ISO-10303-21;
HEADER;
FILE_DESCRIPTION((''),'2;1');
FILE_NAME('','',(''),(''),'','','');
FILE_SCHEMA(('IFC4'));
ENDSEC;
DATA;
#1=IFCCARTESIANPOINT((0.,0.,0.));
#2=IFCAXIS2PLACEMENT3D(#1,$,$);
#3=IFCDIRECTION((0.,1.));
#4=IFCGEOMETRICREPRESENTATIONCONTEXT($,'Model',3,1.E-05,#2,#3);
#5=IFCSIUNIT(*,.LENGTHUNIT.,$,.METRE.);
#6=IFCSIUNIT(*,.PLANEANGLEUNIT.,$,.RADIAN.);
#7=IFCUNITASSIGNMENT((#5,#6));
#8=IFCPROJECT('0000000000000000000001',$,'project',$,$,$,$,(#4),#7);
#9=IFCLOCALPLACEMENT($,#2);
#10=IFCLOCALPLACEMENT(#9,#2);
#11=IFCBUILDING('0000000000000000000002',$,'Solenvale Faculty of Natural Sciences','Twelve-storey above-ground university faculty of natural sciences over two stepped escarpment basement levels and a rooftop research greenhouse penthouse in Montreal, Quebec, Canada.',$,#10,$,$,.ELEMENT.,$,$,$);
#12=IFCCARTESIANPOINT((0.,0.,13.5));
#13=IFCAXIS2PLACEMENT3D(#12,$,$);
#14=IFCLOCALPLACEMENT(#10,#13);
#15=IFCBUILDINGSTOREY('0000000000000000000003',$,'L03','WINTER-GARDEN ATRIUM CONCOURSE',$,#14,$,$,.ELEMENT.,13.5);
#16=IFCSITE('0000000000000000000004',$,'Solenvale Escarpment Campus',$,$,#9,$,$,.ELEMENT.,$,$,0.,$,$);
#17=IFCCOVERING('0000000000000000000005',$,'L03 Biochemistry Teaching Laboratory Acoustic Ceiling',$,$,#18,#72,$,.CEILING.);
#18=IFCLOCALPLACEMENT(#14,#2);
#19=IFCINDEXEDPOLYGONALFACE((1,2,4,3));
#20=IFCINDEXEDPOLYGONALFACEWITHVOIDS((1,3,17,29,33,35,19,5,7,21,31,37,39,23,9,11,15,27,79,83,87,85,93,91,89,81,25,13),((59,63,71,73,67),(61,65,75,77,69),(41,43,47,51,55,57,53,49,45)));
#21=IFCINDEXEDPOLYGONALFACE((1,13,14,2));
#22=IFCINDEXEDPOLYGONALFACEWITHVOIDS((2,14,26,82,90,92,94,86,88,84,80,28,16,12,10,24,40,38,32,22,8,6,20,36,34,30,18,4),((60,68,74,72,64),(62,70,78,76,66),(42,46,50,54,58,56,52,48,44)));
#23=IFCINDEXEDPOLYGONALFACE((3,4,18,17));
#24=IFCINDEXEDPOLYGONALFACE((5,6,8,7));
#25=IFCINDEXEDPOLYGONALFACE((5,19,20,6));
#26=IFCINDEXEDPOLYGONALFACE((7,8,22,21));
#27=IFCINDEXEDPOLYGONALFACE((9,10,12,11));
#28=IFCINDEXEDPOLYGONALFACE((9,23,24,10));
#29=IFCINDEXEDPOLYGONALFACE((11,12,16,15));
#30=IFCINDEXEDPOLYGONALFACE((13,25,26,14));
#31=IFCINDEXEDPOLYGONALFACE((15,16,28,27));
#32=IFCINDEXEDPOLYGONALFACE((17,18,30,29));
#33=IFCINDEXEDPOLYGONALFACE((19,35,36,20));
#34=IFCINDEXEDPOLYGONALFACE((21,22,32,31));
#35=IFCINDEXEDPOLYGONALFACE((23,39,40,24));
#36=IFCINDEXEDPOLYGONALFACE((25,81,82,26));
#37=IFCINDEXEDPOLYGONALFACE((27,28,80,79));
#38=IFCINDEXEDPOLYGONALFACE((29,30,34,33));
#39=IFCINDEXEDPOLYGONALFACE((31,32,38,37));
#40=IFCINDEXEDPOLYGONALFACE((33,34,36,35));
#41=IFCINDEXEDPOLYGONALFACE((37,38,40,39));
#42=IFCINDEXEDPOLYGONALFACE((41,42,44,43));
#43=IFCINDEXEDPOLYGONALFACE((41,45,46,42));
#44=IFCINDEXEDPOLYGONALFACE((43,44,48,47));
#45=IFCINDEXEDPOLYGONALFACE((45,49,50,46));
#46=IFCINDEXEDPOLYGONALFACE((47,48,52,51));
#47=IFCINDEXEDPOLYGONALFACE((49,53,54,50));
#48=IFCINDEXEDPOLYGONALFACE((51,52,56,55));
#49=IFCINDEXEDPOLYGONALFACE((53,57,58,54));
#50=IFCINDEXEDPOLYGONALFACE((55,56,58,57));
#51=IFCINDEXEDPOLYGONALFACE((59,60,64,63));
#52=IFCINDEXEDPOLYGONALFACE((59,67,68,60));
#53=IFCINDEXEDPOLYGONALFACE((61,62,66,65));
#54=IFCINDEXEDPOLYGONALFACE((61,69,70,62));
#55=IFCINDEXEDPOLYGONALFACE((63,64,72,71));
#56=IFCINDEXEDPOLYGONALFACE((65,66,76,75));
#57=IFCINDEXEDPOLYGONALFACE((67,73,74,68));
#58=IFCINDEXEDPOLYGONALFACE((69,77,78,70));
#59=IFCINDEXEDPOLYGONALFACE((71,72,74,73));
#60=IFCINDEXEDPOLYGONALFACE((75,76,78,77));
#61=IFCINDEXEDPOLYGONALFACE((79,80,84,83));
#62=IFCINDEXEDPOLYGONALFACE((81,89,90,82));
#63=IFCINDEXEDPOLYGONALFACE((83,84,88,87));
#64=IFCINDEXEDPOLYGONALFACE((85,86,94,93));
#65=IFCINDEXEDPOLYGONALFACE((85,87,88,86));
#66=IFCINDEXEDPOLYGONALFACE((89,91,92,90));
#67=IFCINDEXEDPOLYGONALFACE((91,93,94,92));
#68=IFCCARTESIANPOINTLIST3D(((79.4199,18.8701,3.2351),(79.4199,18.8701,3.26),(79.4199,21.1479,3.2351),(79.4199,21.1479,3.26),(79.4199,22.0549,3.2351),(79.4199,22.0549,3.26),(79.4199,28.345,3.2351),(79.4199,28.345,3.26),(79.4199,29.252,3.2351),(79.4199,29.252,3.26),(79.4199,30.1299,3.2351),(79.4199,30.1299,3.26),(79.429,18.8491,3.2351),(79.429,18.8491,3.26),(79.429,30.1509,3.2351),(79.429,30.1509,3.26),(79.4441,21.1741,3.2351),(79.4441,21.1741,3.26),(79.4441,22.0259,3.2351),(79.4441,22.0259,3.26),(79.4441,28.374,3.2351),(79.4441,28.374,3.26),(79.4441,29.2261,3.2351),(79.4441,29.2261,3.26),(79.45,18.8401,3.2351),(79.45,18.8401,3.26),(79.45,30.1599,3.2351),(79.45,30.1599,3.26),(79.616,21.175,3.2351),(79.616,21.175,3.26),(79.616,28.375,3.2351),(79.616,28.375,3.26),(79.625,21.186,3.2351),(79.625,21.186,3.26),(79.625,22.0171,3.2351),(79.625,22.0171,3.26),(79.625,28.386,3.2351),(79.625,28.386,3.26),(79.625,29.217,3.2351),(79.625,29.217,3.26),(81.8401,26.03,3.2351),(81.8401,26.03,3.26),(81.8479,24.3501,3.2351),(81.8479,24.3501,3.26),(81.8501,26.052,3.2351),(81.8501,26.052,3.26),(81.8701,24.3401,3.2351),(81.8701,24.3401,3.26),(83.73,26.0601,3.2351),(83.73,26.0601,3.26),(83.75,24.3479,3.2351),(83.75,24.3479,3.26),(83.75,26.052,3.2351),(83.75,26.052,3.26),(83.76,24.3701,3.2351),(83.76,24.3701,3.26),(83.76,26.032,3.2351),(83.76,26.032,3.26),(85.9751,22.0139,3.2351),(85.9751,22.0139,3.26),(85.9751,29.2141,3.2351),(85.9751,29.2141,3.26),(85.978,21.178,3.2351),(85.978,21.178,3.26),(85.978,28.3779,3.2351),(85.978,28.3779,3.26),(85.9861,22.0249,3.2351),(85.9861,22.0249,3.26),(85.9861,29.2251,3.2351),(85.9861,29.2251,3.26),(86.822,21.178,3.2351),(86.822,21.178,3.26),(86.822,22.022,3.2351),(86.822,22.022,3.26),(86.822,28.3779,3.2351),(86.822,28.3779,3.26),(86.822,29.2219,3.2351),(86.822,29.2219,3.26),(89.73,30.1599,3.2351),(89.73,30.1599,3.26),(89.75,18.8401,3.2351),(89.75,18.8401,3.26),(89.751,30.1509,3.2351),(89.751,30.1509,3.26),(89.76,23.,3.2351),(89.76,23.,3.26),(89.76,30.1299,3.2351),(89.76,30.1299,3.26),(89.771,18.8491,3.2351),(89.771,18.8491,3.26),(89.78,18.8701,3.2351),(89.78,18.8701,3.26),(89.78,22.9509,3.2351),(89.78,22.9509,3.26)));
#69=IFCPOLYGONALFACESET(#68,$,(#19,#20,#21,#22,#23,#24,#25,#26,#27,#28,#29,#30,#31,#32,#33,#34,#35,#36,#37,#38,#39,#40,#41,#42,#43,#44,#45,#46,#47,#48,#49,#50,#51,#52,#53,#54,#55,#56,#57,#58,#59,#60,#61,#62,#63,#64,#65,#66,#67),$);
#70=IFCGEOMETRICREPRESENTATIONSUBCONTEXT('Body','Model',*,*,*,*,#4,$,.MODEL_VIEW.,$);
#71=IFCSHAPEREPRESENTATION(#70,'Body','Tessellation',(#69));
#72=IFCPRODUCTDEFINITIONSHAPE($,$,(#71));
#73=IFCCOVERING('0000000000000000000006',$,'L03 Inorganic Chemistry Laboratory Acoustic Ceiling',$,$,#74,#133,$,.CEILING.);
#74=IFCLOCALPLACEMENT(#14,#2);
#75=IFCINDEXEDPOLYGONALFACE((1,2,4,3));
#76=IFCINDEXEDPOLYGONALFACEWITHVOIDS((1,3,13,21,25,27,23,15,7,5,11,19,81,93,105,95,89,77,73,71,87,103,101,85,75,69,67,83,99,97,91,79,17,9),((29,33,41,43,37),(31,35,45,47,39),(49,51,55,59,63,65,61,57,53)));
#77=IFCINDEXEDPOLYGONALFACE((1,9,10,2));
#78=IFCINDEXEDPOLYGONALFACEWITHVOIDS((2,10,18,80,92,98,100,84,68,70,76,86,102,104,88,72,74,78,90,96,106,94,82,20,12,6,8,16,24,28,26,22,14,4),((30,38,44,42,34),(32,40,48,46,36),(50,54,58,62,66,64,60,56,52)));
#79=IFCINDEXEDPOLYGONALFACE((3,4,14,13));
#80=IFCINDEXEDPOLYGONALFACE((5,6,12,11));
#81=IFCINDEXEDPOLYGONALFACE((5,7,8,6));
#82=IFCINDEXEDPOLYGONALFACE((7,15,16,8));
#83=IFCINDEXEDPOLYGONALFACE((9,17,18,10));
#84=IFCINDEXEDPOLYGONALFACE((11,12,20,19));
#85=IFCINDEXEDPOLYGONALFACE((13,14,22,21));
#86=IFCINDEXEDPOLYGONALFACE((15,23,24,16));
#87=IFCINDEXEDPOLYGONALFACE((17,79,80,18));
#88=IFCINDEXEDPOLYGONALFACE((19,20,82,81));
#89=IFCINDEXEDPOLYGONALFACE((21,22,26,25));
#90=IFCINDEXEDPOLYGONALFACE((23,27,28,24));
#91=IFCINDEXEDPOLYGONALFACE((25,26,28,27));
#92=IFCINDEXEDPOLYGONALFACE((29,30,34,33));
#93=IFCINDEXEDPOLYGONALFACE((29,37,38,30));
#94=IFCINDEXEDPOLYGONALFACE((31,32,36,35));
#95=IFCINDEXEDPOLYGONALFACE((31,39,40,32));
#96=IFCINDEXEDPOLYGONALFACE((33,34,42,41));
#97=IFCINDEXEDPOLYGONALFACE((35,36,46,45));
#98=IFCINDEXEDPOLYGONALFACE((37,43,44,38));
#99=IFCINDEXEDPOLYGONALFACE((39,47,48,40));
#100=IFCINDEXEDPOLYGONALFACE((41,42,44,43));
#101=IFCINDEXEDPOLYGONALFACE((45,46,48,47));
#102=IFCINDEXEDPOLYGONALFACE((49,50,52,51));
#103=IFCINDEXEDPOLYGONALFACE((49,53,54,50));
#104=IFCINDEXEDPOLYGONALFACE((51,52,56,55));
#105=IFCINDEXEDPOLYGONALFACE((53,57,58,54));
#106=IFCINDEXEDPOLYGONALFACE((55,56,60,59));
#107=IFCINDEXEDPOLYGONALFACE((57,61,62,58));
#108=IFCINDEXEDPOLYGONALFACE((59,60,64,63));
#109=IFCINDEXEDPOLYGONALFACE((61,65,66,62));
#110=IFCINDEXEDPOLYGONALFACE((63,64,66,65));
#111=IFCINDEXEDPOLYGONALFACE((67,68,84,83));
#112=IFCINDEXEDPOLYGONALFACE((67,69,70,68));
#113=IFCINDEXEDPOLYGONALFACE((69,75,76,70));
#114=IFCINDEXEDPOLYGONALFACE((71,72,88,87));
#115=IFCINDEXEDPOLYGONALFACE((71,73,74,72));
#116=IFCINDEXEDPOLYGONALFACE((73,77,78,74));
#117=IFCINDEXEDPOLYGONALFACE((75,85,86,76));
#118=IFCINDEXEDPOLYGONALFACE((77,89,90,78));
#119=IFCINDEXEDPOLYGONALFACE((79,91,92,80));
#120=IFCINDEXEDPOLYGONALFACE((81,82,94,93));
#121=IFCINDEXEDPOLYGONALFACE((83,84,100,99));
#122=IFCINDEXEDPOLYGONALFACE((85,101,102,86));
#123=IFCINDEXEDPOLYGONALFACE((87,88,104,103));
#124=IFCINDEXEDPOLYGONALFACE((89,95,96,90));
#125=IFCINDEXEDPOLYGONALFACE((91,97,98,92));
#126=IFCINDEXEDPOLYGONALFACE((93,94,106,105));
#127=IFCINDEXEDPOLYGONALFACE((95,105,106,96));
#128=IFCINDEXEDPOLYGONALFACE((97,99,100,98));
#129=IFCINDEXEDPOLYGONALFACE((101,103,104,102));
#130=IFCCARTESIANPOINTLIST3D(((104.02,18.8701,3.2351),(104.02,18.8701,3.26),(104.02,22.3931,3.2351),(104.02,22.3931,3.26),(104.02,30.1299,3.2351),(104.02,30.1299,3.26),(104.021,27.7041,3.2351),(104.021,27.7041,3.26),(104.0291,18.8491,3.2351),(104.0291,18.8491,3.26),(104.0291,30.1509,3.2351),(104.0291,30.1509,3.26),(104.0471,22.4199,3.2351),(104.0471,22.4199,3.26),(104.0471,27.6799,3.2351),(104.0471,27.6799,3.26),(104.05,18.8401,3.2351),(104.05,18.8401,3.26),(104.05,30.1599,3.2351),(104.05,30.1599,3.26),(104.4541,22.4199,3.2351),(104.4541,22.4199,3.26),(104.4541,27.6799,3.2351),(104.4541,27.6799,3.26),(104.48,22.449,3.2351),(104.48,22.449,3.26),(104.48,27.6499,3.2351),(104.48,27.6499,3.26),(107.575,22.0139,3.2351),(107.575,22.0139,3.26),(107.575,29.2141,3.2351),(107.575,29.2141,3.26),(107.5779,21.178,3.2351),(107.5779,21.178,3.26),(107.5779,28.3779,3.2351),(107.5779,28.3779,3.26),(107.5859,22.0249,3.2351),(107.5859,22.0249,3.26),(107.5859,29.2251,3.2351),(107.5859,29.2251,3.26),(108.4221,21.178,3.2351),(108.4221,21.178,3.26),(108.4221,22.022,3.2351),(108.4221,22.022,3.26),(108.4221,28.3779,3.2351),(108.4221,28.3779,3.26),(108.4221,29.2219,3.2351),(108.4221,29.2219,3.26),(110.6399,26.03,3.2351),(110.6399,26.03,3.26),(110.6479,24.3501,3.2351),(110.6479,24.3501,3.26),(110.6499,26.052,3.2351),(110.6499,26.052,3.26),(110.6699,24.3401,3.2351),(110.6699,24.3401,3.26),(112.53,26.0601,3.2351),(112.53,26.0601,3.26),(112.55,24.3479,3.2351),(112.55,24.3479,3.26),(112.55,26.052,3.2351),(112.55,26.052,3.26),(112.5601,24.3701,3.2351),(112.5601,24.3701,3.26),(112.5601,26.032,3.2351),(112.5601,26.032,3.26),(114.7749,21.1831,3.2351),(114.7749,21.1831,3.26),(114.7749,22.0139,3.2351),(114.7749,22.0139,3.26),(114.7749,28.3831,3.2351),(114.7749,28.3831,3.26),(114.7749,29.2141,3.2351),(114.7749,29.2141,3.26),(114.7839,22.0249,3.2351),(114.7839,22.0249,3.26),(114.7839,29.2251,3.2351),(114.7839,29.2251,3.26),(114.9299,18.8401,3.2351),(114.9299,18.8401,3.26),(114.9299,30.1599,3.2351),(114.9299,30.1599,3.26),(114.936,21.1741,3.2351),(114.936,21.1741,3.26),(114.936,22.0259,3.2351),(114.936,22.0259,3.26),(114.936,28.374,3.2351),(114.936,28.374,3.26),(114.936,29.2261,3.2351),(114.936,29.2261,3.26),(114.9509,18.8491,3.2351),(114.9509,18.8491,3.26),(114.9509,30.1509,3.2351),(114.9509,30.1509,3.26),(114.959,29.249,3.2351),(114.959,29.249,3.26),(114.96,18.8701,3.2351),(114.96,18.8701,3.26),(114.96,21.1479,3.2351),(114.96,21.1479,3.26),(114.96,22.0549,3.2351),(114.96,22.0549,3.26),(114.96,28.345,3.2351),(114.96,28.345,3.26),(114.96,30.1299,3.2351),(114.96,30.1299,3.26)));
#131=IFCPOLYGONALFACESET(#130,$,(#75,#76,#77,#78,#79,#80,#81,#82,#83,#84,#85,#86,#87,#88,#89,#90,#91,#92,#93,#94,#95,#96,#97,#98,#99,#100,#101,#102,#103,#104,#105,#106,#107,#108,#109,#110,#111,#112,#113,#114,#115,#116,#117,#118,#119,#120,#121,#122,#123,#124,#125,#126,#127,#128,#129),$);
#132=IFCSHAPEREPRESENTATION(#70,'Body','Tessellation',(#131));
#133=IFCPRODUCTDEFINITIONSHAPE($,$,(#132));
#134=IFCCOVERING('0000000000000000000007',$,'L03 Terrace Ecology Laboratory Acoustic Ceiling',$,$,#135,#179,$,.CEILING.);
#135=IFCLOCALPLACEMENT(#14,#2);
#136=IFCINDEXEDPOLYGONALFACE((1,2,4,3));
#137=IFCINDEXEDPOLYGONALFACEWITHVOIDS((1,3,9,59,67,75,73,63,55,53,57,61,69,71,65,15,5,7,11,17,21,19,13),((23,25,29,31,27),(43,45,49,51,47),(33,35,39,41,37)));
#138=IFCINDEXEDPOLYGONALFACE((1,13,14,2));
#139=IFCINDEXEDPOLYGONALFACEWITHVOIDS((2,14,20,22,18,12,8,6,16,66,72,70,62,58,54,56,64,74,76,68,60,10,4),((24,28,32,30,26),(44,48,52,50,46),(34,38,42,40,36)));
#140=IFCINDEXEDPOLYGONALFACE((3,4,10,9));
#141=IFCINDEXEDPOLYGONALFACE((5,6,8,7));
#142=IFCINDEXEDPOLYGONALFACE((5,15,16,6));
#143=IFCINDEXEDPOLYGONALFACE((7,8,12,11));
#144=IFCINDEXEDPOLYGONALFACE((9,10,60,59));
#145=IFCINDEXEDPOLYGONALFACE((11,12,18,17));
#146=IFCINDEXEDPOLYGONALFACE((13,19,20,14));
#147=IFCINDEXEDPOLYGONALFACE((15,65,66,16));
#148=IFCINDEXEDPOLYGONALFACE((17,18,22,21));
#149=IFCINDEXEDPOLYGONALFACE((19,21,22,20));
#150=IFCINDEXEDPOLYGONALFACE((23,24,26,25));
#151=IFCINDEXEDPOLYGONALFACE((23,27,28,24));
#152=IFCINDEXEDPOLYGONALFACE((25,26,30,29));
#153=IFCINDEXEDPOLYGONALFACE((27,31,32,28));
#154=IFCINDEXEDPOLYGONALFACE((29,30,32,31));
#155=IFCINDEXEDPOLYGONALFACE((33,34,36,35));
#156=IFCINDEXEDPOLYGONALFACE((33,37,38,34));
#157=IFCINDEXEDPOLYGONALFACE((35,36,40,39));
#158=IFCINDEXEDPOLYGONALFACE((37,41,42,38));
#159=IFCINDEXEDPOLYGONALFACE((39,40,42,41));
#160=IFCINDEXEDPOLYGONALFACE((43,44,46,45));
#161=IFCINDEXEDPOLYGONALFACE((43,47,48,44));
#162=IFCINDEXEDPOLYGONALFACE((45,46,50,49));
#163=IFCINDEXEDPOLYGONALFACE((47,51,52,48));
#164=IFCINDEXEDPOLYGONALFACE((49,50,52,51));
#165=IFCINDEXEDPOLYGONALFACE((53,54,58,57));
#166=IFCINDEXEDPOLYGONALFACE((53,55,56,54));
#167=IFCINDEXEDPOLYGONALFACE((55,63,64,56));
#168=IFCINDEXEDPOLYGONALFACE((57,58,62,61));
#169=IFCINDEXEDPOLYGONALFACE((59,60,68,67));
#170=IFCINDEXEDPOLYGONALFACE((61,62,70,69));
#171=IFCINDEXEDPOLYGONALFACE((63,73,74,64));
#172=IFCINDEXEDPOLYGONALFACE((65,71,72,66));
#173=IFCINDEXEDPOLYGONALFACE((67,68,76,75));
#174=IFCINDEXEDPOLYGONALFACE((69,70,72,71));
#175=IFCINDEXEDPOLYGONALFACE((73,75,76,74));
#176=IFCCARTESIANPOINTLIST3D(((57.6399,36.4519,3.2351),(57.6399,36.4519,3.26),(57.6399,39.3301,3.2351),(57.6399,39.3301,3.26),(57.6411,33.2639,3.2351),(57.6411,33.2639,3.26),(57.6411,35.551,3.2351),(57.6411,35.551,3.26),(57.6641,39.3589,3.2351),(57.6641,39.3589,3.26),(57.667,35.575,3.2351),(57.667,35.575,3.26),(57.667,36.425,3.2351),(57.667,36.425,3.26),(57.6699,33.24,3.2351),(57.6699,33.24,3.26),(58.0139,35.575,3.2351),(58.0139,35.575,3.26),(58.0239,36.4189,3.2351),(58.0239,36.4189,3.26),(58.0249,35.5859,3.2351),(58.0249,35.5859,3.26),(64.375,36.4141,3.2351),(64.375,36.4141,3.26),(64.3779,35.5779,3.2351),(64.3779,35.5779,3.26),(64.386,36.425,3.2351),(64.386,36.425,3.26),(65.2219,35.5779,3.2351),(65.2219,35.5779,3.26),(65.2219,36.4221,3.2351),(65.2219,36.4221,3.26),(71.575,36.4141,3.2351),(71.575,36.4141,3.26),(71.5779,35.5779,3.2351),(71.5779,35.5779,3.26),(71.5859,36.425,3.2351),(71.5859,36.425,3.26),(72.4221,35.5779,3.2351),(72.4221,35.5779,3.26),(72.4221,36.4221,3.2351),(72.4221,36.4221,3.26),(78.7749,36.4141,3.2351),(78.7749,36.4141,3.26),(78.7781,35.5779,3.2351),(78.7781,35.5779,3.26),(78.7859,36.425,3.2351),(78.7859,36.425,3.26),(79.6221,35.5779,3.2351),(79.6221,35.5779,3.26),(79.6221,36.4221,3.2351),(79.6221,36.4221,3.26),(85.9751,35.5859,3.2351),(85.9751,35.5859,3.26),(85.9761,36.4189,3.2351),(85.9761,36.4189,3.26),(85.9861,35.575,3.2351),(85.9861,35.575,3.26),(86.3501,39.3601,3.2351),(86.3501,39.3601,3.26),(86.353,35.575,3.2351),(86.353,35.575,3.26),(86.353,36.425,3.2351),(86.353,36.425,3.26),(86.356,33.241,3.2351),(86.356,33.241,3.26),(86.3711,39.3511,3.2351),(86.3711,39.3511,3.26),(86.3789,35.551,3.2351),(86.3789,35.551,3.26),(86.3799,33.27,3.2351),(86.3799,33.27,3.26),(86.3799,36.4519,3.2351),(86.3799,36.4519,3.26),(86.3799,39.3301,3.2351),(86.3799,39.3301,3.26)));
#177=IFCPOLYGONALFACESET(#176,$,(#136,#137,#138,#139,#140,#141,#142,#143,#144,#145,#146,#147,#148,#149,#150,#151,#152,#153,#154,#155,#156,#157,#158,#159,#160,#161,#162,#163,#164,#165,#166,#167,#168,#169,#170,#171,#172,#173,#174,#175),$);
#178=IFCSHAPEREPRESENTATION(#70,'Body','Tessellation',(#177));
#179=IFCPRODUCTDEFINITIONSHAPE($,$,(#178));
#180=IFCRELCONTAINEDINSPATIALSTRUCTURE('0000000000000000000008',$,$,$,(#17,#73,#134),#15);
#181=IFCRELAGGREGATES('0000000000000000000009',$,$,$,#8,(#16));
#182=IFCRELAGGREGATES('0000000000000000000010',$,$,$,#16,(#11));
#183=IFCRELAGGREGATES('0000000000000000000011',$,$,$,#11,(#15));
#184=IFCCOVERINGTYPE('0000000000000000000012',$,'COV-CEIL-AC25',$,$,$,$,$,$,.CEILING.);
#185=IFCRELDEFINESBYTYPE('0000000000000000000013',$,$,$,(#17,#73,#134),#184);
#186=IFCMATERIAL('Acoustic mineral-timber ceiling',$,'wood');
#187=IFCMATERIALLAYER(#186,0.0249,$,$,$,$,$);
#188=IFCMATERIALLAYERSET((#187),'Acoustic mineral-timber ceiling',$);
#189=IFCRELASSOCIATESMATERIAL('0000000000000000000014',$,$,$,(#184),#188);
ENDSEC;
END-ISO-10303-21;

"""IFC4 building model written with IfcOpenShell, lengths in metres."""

from ifc_helpers import new_model, si_unit, direction, frame, origin, place, context, subcontext, project, spatial, polyline, outline, extrude, material, layer, layer_set, type_object, element, save


model = new_model("IFC4")

# Units and contexts
model_context = context("Model", 3, precision=1e-05, world=origin(), true_north=direction((0.0, 1.0)))
body_context = subcontext(model_context, "Body", "Model", "MODEL_VIEW")
ifc_project = project(units=[si_unit("LENGTHUNIT", "METRE"), si_unit("PLANEANGLEUNIT", "RADIAN")], contexts=[model_context])

# Site, building, storey
site_placement = place(None, origin())
site = spatial("IfcSite", under=ifc_project, at=site_placement, Name="Solenvale Escarpment Campus", CompositionType="ELEMENT", RefElevation=0.0)
building_placement = place(site_placement, origin())
building = spatial("IfcBuilding", under=site, at=building_placement, Name="Solenvale Faculty of Natural Sciences", Description="Twelve-storey above-ground university faculty of natural sciences over two stepped escarpment basement levels and a rooftop research greenhouse penthouse in Montreal, Quebec, Canada.", CompositionType="ELEMENT")
storey_placement = place(building_placement, frame((0.0, 0.0, 13.5)))
storey = spatial("IfcBuildingStorey", under=building, at=storey_placement, Name="L03", Description="WINTER-GARDEN ATRIUM CONCOURSE", CompositionType="ELEMENT", Elevation=13.5)

# Coverings
ifc_material_1 = material(Name="Acoustic mineral-timber ceiling", Category="wood")
ifc_layer_1 = layer(ifc_material_1, 0.0249)
ifc_layer_set_1 = layer_set([ifc_layer_1], Name="Acoustic mineral-timber ceiling")
covering_type_1 = type_object("IfcCoveringType", Name="COV-CEIL-AC25", PredefinedType="CEILING", material=ifc_layer_set_1)
covering_1_placement = place(storey_placement, frame((0.0, 0.0, 3.2351)))
element("IfcCovering", 1, at=covering_1_placement, inside=storey, type_object=covering_type_1, Name="L03 Biochemistry Teaching Laboratory Acoustic Ceiling", PredefinedType="CEILING", context=body_context, shape_type="SweptSolid", body=[
    extrude(outline(polyline([(89.73, 30.1599), (89.751, 30.1509), (89.76, 30.1299), (89.76, 23.0), (89.78, 22.9509), (89.78, 18.8701), (89.771, 18.8491), (89.75, 18.8401), (79.45, 18.8401), (79.429, 18.8491), (79.4199, 18.8701), (79.4199, 21.1479), (79.4441, 21.1741), (79.616, 21.175), (79.625, 21.186), (79.625, 22.0171), (79.4441, 22.0259), (79.4199, 22.0549), (79.4199, 28.345), (79.4441, 28.374), (79.616, 28.375), (79.625, 28.386), (79.625, 29.217), (79.4441, 29.2261), (79.4199, 29.252), (79.4199, 30.1299), (79.429, 30.1509), (79.45, 30.1599), (89.73, 30.1599)]), holes=[polyline([(85.9861, 22.0249), (85.9751, 22.0139), (85.978, 21.178), (86.822, 21.178), (86.822, 22.022), (85.9861, 22.0249)]), polyline([(85.9861, 29.2251), (85.9751, 29.2141), (85.978, 28.3779), (86.822, 28.3779), (86.822, 29.2219), (85.9861, 29.2251)]), polyline([(83.76, 26.032), (83.75, 26.052), (83.73, 26.0601), (81.8501, 26.052), (81.8401, 26.03), (81.8479, 24.3501), (81.8701, 24.3401), (83.75, 24.3479), (83.76, 24.3701), (83.76, 26.032)])]), origin(), (0.0, 0.0, 1.0), 0.0249),
])
covering_2_placement = place(storey_placement, frame((0.0, 0.0, 3.2351)))
element("IfcCovering", 2, at=covering_2_placement, inside=storey, type_object=covering_type_1, Name="L03 Inorganic Chemistry Laboratory Acoustic Ceiling", PredefinedType="CEILING", context=body_context, shape_type="SweptSolid", body=[
    extrude(outline(polyline([(104.05, 18.8401), (104.0291, 18.8491), (104.02, 18.8701), (104.02, 22.3931), (104.0471, 22.4199), (104.4541, 22.4199), (104.48, 22.449), (104.48, 27.6499), (104.4541, 27.6799), (104.0471, 27.6799), (104.021, 27.7041), (104.02, 30.1299), (104.0291, 30.1509), (104.05, 30.1599), (114.9299, 30.1599), (114.9509, 30.1509), (114.96, 30.1299), (114.959, 29.249), (114.936, 29.2261), (114.7839, 29.2251), (114.7749, 29.2141), (114.7749, 28.3831), (114.936, 28.374), (114.96, 28.345), (114.96, 22.0549), (114.936, 22.0259), (114.7839, 22.0249), (114.7749, 22.0139), (114.7749, 21.1831), (114.936, 21.1741), (114.96, 21.1479), (114.96, 18.8701), (114.9509, 18.8491), (114.9299, 18.8401), (104.05, 18.8401)]), holes=[polyline([(112.5601, 26.032), (112.55, 26.052), (112.53, 26.0601), (110.6499, 26.052), (110.6399, 26.03), (110.6479, 24.3501), (110.6699, 24.3401), (112.55, 24.3479), (112.5601, 24.3701), (112.5601, 26.032)]), polyline([(107.5859, 22.0249), (107.575, 22.0139), (107.5779, 21.178), (108.4221, 21.178), (108.4221, 22.022), (107.5859, 22.0249)]), polyline([(107.5859, 29.2251), (107.575, 29.2141), (107.5779, 28.3779), (108.4221, 28.3779), (108.4221, 29.2219), (107.5859, 29.2251)])]), origin(), (0.0, 0.0, 1.0), 0.0249),
])
covering_3_placement = place(storey_placement, frame((0.0, 0.0, 3.2351)))
element("IfcCovering", 3, at=covering_3_placement, inside=storey, type_object=covering_type_1, Name="L03 Terrace Ecology Laboratory Acoustic Ceiling", PredefinedType="CEILING", context=body_context, shape_type="SweptSolid", body=[
    extrude(outline(polyline([(86.3501, 39.3601), (86.3711, 39.3511), (86.3799, 39.3301), (86.3799, 36.4519), (86.353, 36.425), (85.9761, 36.4189), (85.9751, 35.5859), (85.9861, 35.575), (86.353, 35.575), (86.3789, 35.551), (86.3799, 33.27), (86.356, 33.241), (57.6699, 33.24), (57.6411, 33.2639), (57.6411, 35.551), (57.667, 35.575), (58.0139, 35.575), (58.0249, 35.5859), (58.0239, 36.4189), (57.667, 36.425), (57.6399, 36.4519), (57.6399, 39.3301), (57.6641, 39.3589), (86.3501, 39.3601)]), holes=[polyline([(78.7859, 36.425), (78.7749, 36.4141), (78.7781, 35.5779), (79.6221, 35.5779), (79.6221, 36.4221), (78.7859, 36.425)]), polyline([(71.5859, 36.425), (71.575, 36.4141), (71.5779, 35.5779), (72.4221, 35.5779), (72.4221, 36.4221), (71.5859, 36.425)]), polyline([(64.386, 36.425), (64.375, 36.4141), (64.3779, 35.5779), (65.2219, 35.5779), (65.2219, 36.4221), (64.386, 36.425)])]), origin(), (0.0, 0.0, 1.0), 0.0249),
])

save(model, "model.ifc")
